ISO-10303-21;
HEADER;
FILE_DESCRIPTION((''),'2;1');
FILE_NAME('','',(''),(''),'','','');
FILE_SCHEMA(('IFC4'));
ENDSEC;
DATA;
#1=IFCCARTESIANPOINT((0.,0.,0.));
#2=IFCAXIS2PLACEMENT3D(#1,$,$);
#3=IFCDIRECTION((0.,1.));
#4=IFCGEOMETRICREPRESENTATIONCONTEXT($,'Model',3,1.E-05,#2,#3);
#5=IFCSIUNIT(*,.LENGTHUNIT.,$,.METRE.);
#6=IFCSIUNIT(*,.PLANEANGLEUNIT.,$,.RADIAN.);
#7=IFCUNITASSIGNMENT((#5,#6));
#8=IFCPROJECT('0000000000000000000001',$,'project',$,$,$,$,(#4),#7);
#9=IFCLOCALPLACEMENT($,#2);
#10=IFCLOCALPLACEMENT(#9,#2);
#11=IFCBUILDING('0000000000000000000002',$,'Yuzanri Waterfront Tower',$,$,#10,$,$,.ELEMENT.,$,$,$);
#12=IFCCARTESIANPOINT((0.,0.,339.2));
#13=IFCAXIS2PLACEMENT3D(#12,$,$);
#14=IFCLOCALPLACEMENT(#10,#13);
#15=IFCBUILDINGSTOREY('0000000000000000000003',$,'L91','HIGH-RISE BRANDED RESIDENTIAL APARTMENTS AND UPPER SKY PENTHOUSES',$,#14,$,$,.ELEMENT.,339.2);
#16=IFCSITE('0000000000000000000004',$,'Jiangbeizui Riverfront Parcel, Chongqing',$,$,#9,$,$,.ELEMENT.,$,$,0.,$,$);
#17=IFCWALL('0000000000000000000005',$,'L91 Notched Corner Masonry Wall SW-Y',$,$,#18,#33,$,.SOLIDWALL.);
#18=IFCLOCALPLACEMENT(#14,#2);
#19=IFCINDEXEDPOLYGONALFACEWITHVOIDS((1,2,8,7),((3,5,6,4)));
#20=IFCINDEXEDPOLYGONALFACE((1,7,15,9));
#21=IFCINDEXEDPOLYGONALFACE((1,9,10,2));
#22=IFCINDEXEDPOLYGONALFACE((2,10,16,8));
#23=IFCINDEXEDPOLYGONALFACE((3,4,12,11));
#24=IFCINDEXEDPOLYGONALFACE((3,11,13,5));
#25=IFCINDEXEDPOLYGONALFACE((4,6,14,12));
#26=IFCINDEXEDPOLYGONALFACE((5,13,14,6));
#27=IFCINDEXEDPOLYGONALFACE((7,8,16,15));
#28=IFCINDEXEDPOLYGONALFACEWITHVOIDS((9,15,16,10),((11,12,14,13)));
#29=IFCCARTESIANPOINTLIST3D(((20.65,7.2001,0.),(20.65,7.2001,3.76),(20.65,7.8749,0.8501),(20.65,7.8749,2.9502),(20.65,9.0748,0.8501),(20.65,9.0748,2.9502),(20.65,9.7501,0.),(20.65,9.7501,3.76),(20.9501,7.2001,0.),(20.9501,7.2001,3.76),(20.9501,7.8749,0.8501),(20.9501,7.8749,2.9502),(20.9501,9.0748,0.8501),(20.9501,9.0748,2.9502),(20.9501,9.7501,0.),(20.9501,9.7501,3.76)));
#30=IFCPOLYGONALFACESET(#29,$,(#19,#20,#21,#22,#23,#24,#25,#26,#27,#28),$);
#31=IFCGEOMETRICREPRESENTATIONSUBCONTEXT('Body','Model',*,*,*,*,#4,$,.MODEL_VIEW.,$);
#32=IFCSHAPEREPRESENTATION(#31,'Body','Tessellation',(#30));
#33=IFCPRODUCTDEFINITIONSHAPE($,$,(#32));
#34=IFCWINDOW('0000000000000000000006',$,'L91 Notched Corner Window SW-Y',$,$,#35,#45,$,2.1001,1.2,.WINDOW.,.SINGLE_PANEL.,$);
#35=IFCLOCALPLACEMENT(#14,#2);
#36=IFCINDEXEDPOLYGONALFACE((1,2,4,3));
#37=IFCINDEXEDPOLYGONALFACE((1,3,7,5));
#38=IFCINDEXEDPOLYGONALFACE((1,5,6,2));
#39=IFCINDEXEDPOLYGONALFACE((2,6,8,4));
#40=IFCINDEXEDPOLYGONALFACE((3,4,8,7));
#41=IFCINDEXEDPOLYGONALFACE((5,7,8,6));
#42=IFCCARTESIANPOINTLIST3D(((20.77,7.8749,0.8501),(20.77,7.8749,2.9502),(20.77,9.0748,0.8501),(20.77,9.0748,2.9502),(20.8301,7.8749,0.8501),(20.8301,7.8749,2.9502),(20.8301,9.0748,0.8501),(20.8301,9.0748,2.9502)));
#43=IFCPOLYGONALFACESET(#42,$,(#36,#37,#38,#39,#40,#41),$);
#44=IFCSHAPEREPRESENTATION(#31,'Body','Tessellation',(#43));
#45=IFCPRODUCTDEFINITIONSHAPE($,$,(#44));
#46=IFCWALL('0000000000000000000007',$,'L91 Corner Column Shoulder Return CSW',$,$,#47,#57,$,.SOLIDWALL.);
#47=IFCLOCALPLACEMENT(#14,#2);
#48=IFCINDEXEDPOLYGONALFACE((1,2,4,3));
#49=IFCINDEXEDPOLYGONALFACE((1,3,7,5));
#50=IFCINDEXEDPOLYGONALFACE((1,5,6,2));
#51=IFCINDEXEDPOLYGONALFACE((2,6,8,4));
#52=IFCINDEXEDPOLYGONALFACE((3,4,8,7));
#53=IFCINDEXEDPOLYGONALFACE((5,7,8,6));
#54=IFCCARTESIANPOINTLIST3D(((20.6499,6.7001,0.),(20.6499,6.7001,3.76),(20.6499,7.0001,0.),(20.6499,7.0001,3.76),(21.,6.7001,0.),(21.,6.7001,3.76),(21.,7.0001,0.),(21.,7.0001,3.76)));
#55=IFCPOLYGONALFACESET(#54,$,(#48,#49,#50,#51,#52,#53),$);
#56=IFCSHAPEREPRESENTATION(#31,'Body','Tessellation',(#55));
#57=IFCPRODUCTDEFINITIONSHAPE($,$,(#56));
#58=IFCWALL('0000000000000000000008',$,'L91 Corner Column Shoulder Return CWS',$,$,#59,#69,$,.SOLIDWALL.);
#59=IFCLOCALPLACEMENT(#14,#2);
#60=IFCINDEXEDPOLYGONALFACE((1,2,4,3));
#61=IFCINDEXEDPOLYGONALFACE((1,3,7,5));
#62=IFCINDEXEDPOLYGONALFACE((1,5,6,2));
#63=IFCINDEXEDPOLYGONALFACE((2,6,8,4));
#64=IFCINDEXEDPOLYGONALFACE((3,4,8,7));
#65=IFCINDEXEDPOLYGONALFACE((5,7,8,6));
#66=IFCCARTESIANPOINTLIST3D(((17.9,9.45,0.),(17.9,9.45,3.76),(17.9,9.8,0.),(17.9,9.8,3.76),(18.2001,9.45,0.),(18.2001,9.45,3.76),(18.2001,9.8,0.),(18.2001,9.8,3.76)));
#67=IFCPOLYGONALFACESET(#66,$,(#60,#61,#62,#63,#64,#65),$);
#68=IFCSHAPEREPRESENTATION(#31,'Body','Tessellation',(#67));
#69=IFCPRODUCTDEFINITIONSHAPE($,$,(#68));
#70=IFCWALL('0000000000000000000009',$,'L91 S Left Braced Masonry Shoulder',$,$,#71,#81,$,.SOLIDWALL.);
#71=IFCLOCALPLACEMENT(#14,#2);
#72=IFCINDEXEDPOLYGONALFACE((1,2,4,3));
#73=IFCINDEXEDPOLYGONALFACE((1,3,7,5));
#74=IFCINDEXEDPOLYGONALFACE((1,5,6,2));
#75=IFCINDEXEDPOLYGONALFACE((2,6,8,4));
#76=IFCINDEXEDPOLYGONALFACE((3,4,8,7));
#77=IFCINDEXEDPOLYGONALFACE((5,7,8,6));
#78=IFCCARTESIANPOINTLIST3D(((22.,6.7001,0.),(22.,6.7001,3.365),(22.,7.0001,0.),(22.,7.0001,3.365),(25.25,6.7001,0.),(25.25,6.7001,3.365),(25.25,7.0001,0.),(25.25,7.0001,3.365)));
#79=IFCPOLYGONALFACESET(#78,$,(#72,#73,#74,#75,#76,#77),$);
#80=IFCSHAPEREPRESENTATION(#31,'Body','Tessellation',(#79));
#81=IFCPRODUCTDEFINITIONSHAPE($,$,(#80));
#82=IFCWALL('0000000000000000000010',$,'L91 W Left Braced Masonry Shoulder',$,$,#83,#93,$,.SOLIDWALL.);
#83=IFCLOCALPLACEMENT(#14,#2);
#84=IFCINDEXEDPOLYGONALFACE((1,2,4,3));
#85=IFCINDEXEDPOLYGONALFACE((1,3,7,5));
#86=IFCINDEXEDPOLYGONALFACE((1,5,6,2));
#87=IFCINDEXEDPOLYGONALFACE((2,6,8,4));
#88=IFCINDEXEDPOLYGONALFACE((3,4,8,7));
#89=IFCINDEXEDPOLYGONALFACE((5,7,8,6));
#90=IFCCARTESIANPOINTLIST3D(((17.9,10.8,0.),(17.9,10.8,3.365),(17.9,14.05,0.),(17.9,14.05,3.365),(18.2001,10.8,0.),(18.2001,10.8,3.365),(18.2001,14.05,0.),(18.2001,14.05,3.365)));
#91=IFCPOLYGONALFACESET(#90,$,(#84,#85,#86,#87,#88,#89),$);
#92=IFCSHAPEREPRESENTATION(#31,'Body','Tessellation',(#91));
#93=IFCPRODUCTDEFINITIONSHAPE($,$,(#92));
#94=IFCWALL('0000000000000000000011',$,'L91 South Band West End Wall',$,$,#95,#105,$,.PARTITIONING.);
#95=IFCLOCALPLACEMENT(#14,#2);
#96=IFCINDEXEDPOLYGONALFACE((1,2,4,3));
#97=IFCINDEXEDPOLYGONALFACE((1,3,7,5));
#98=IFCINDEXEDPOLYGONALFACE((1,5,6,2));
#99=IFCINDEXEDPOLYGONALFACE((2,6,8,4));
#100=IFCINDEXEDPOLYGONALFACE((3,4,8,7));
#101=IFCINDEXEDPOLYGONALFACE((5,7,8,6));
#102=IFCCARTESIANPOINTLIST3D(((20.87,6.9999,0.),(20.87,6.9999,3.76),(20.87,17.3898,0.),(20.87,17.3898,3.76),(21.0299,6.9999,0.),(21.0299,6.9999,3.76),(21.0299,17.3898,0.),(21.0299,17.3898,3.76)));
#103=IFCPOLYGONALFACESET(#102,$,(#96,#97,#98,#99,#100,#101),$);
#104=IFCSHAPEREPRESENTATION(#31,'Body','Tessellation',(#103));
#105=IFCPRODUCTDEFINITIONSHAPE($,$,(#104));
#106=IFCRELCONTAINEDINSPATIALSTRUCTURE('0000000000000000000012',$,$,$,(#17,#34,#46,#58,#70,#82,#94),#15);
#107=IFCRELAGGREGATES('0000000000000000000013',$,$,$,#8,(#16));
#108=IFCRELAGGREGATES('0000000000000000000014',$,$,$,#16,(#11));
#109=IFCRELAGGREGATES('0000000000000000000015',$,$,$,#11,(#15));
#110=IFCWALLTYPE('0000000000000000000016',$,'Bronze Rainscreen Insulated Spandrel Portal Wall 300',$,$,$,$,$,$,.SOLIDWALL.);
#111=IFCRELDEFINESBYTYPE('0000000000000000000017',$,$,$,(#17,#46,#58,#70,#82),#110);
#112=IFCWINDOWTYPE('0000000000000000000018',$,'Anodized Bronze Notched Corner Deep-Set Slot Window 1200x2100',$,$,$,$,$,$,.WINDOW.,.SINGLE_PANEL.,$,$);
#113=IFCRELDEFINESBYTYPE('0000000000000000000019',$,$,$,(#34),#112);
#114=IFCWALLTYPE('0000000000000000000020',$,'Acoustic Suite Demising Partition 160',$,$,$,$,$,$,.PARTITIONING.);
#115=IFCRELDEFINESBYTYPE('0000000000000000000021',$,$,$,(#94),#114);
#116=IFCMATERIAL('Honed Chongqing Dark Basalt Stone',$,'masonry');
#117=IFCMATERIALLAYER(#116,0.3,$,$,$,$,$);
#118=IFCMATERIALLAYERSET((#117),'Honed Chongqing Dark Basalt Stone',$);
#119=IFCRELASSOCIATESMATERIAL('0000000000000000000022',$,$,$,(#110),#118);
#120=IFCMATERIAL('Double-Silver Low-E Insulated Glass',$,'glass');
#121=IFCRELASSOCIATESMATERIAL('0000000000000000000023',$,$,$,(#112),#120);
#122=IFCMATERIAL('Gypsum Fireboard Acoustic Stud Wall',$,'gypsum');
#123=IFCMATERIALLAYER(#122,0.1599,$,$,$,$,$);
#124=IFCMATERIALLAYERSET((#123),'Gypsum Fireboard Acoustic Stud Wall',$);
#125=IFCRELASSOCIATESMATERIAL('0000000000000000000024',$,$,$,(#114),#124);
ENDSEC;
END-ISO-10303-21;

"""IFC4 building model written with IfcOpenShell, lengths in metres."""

from ifc_helpers import new_model, si_unit, direction, frame, frame_2d, origin, place, context, subcontext, project, spatial, rectangle, extrude, source, transform, mapped, material, layer, layer_set, type_object, element, fill, save


model = new_model("IFC4")

# Units and contexts
model_context = context("Model", 3, precision=1e-05, world=origin(), true_north=direction((0.0, 1.0)))
body_context = subcontext(model_context, "Body", "Model", "MODEL_VIEW")
ifc_project = project(units=[si_unit("LENGTHUNIT", "METRE"), si_unit("PLANEANGLEUNIT", "RADIAN")], contexts=[model_context])

# Site, building, storey
site_placement = place(None, origin())
site = spatial("IfcSite", under=ifc_project, at=site_placement, Name="Jiangbeizui Riverfront Parcel, Chongqing", CompositionType="ELEMENT", RefElevation=0.0)
building_placement = place(site_placement, origin())
building = spatial("IfcBuilding", under=site, at=building_placement, Name="Yuzanri Waterfront Tower", CompositionType="ELEMENT")
storey_placement = place(building_placement, frame((0.0, 0.0, 339.2)))
storey = spatial("IfcBuildingStorey", under=building, at=storey_placement, Name="L91", Description="HIGH-RISE BRANDED RESIDENTIAL APARTMENTS AND UPPER SKY PENTHOUSES", CompositionType="ELEMENT", Elevation=339.2)

# Wall, opening, window
ifc_material_1 = material(Name="Honed Chongqing Dark Basalt Stone", Category="masonry")
ifc_layer_1 = layer(ifc_material_1, 0.3)
ifc_layer_set_1 = layer_set([ifc_layer_1], Name="Honed Chongqing Dark Basalt Stone")
wall_type_1 = type_object("IfcWallType", Name="Bronze Rainscreen Insulated Spandrel Portal Wall 300", PredefinedType="SOLIDWALL", material=ifc_layer_set_1)
wall_1_placement = place(storey_placement, frame((20.8, 9.75, 0.0), z_axis=(0.0, 0.0, 1.0), x_axis=(0.0, -1.0, 0.0)))
wall_1 = element("IfcWall", 1, at=wall_1_placement, inside=storey, type_object=wall_type_1, Name="L91 Notched Corner Masonry Wall SW-Y", PredefinedType="SOLIDWALL", context=body_context, shape_type="SweptSolid", body=[
    extrude(rectangle(XDim=2.55, YDim=0.3, at=frame_2d((1.2749, 0.0))), origin(), (0.0, 0.0, 1.0), 3.76),
])
opening_1_placement = place(wall_1_placement, frame((0.675, 0.0, 0.8501)))
opening_1 = element("IfcOpeningElement", 2, at=opening_1_placement, cuts=wall_1, PredefinedType="OPENING", context=body_context, shape_type="SweptSolid", body=[
    extrude(rectangle(XDim=1.2, YDim=2.1001, at=frame_2d((0.6001, 1.05))), frame((0.0, 0.165, 0.0), z_axis=(0.0, -1.0, 0.0), x_axis=(1.0, 0.0, 0.0)), (0.0, 0.0, 1.0), 0.3298),
])
ifc_material_2 = material(Name="Double-Silver Low-E Insulated Glass", Category="glass")
window_type_1 = type_object("IfcWindowType", Name="Anodized Bronze Notched Corner Deep-Set Slot Window 1200x2100", PartitioningType="SINGLE_PANEL", PredefinedType="WINDOW", material=ifc_material_2)
shared_shape_1 = source(origin(), body_context, "Body", "SweptSolid", [
    extrude(rectangle(XDim=1.2, YDim=2.1001, at=frame_2d((0.6001, 1.05))), frame((0.0, 0.03, 0.0), z_axis=(0.0, -1.0, 0.0), x_axis=(1.0, 0.0, 0.0)), (0.0, 0.0, 1.0), 0.0601),
])
window_1_placement = place(opening_1_placement, origin())
window_1 = element("IfcWindow", 3, at=window_1_placement, inside=storey, type_object=window_type_1, Name="L91 Notched Corner Window SW-Y", OverallHeight=2.1001, OverallWidth=1.2, PartitioningType="SINGLE_PANEL", PredefinedType="WINDOW", context=body_context, shape_type="MappedRepresentation", body=[
    mapped(shared_shape_1, transform((0.0, 0.0, 0.0), scale=1.0)),
])
fill(opening_1, window_1)

# Walls
shared_shape_2 = source(origin(), body_context, "Body", "SweptSolid", [
    extrude(rectangle(XDim=0.3501, YDim=0.3, at=frame_2d((0.175, 0.0))), origin(), (0.0, 0.0, 1.0), 3.76),
])
for number, where, z_axis, x_axis, name in (
    (4, (20.6499, 6.8501, 0.0), (0.0, 0.0, 1.0), (1.0, 0.0, 0.0), "L91 Corner Column Shoulder Return CSW"),
    (5, (18.05, 9.45, 0.0), (0.0, 0.0, 1.0), (0.0, 1.0, 0.0), "L91 Corner Column Shoulder Return CWS"),
):
    element("IfcWall", number, at=place(storey_placement, frame(where, z_axis=z_axis, x_axis=x_axis)), inside=storey, type_object=wall_type_1, Name=name, PredefinedType="SOLIDWALL", context=body_context, shape_type="MappedRepresentation", body=[
        mapped(shared_shape_2, transform((0.0, 0.0, 0.0), scale=1.0)),
    ])
shared_shape_3 = source(origin(), body_context, "Body", "SweptSolid", [
    extrude(rectangle(XDim=3.25, YDim=0.3, at=frame_2d((1.625, 0.0))), origin(), (0.0, 0.0, 1.0), 3.365),
])
for number, where, z_axis, x_axis, name in (
    (6, (22.0, 6.8501, 0.0), (0.0, 0.0, 1.0), (1.0, 0.0, 0.0), "L91 S Left Braced Masonry Shoulder"),
    (7, (18.05, 10.8, 0.0), (0.0, 0.0, 1.0), (0.0, 1.0, 0.0), "L91 W Left Braced Masonry Shoulder"),
):
    element("IfcWall", number, at=place(storey_placement, frame(where, z_axis=z_axis, x_axis=x_axis)), inside=storey, type_object=wall_type_1, Name=name, PredefinedType="SOLIDWALL", context=body_context, shape_type="MappedRepresentation", body=[
        mapped(shared_shape_3, transform((0.0, 0.0, 0.0), scale=1.0)),
    ])
ifc_material_3 = material(Name="Gypsum Fireboard Acoustic Stud Wall", Category="gypsum")
ifc_layer_2 = layer(ifc_material_3, 0.1599)
ifc_layer_set_2 = layer_set([ifc_layer_2], Name="Gypsum Fireboard Acoustic Stud Wall")
wall_type_2 = type_object("IfcWallType", Name="Acoustic Suite Demising Partition 160", PredefinedType="PARTITIONING", material=ifc_layer_set_2)
shared_shape_4 = source(origin(), body_context, "Body", "SweptSolid", [
    extrude(rectangle(XDim=10.3899, YDim=0.1599, at=frame_2d((5.1948, 0.0))), origin(), (0.0, 0.0, 1.0), 3.76),
])
wall_2_placement = place(storey_placement, frame((20.95, 7.0, 0.0), z_axis=(0.0, 0.0, 1.0), x_axis=(0.0, 1.0, 0.0)))
element("IfcWall", 8, at=wall_2_placement, inside=storey, type_object=wall_type_2, Name="L91 South Band West End Wall", PredefinedType="PARTITIONING", context=body_context, shape_type="MappedRepresentation", body=[
    mapped(shared_shape_4, transform((0.0, 0.0, 0.0), scale=1.0)),
])

save(model, "model.ifc")
